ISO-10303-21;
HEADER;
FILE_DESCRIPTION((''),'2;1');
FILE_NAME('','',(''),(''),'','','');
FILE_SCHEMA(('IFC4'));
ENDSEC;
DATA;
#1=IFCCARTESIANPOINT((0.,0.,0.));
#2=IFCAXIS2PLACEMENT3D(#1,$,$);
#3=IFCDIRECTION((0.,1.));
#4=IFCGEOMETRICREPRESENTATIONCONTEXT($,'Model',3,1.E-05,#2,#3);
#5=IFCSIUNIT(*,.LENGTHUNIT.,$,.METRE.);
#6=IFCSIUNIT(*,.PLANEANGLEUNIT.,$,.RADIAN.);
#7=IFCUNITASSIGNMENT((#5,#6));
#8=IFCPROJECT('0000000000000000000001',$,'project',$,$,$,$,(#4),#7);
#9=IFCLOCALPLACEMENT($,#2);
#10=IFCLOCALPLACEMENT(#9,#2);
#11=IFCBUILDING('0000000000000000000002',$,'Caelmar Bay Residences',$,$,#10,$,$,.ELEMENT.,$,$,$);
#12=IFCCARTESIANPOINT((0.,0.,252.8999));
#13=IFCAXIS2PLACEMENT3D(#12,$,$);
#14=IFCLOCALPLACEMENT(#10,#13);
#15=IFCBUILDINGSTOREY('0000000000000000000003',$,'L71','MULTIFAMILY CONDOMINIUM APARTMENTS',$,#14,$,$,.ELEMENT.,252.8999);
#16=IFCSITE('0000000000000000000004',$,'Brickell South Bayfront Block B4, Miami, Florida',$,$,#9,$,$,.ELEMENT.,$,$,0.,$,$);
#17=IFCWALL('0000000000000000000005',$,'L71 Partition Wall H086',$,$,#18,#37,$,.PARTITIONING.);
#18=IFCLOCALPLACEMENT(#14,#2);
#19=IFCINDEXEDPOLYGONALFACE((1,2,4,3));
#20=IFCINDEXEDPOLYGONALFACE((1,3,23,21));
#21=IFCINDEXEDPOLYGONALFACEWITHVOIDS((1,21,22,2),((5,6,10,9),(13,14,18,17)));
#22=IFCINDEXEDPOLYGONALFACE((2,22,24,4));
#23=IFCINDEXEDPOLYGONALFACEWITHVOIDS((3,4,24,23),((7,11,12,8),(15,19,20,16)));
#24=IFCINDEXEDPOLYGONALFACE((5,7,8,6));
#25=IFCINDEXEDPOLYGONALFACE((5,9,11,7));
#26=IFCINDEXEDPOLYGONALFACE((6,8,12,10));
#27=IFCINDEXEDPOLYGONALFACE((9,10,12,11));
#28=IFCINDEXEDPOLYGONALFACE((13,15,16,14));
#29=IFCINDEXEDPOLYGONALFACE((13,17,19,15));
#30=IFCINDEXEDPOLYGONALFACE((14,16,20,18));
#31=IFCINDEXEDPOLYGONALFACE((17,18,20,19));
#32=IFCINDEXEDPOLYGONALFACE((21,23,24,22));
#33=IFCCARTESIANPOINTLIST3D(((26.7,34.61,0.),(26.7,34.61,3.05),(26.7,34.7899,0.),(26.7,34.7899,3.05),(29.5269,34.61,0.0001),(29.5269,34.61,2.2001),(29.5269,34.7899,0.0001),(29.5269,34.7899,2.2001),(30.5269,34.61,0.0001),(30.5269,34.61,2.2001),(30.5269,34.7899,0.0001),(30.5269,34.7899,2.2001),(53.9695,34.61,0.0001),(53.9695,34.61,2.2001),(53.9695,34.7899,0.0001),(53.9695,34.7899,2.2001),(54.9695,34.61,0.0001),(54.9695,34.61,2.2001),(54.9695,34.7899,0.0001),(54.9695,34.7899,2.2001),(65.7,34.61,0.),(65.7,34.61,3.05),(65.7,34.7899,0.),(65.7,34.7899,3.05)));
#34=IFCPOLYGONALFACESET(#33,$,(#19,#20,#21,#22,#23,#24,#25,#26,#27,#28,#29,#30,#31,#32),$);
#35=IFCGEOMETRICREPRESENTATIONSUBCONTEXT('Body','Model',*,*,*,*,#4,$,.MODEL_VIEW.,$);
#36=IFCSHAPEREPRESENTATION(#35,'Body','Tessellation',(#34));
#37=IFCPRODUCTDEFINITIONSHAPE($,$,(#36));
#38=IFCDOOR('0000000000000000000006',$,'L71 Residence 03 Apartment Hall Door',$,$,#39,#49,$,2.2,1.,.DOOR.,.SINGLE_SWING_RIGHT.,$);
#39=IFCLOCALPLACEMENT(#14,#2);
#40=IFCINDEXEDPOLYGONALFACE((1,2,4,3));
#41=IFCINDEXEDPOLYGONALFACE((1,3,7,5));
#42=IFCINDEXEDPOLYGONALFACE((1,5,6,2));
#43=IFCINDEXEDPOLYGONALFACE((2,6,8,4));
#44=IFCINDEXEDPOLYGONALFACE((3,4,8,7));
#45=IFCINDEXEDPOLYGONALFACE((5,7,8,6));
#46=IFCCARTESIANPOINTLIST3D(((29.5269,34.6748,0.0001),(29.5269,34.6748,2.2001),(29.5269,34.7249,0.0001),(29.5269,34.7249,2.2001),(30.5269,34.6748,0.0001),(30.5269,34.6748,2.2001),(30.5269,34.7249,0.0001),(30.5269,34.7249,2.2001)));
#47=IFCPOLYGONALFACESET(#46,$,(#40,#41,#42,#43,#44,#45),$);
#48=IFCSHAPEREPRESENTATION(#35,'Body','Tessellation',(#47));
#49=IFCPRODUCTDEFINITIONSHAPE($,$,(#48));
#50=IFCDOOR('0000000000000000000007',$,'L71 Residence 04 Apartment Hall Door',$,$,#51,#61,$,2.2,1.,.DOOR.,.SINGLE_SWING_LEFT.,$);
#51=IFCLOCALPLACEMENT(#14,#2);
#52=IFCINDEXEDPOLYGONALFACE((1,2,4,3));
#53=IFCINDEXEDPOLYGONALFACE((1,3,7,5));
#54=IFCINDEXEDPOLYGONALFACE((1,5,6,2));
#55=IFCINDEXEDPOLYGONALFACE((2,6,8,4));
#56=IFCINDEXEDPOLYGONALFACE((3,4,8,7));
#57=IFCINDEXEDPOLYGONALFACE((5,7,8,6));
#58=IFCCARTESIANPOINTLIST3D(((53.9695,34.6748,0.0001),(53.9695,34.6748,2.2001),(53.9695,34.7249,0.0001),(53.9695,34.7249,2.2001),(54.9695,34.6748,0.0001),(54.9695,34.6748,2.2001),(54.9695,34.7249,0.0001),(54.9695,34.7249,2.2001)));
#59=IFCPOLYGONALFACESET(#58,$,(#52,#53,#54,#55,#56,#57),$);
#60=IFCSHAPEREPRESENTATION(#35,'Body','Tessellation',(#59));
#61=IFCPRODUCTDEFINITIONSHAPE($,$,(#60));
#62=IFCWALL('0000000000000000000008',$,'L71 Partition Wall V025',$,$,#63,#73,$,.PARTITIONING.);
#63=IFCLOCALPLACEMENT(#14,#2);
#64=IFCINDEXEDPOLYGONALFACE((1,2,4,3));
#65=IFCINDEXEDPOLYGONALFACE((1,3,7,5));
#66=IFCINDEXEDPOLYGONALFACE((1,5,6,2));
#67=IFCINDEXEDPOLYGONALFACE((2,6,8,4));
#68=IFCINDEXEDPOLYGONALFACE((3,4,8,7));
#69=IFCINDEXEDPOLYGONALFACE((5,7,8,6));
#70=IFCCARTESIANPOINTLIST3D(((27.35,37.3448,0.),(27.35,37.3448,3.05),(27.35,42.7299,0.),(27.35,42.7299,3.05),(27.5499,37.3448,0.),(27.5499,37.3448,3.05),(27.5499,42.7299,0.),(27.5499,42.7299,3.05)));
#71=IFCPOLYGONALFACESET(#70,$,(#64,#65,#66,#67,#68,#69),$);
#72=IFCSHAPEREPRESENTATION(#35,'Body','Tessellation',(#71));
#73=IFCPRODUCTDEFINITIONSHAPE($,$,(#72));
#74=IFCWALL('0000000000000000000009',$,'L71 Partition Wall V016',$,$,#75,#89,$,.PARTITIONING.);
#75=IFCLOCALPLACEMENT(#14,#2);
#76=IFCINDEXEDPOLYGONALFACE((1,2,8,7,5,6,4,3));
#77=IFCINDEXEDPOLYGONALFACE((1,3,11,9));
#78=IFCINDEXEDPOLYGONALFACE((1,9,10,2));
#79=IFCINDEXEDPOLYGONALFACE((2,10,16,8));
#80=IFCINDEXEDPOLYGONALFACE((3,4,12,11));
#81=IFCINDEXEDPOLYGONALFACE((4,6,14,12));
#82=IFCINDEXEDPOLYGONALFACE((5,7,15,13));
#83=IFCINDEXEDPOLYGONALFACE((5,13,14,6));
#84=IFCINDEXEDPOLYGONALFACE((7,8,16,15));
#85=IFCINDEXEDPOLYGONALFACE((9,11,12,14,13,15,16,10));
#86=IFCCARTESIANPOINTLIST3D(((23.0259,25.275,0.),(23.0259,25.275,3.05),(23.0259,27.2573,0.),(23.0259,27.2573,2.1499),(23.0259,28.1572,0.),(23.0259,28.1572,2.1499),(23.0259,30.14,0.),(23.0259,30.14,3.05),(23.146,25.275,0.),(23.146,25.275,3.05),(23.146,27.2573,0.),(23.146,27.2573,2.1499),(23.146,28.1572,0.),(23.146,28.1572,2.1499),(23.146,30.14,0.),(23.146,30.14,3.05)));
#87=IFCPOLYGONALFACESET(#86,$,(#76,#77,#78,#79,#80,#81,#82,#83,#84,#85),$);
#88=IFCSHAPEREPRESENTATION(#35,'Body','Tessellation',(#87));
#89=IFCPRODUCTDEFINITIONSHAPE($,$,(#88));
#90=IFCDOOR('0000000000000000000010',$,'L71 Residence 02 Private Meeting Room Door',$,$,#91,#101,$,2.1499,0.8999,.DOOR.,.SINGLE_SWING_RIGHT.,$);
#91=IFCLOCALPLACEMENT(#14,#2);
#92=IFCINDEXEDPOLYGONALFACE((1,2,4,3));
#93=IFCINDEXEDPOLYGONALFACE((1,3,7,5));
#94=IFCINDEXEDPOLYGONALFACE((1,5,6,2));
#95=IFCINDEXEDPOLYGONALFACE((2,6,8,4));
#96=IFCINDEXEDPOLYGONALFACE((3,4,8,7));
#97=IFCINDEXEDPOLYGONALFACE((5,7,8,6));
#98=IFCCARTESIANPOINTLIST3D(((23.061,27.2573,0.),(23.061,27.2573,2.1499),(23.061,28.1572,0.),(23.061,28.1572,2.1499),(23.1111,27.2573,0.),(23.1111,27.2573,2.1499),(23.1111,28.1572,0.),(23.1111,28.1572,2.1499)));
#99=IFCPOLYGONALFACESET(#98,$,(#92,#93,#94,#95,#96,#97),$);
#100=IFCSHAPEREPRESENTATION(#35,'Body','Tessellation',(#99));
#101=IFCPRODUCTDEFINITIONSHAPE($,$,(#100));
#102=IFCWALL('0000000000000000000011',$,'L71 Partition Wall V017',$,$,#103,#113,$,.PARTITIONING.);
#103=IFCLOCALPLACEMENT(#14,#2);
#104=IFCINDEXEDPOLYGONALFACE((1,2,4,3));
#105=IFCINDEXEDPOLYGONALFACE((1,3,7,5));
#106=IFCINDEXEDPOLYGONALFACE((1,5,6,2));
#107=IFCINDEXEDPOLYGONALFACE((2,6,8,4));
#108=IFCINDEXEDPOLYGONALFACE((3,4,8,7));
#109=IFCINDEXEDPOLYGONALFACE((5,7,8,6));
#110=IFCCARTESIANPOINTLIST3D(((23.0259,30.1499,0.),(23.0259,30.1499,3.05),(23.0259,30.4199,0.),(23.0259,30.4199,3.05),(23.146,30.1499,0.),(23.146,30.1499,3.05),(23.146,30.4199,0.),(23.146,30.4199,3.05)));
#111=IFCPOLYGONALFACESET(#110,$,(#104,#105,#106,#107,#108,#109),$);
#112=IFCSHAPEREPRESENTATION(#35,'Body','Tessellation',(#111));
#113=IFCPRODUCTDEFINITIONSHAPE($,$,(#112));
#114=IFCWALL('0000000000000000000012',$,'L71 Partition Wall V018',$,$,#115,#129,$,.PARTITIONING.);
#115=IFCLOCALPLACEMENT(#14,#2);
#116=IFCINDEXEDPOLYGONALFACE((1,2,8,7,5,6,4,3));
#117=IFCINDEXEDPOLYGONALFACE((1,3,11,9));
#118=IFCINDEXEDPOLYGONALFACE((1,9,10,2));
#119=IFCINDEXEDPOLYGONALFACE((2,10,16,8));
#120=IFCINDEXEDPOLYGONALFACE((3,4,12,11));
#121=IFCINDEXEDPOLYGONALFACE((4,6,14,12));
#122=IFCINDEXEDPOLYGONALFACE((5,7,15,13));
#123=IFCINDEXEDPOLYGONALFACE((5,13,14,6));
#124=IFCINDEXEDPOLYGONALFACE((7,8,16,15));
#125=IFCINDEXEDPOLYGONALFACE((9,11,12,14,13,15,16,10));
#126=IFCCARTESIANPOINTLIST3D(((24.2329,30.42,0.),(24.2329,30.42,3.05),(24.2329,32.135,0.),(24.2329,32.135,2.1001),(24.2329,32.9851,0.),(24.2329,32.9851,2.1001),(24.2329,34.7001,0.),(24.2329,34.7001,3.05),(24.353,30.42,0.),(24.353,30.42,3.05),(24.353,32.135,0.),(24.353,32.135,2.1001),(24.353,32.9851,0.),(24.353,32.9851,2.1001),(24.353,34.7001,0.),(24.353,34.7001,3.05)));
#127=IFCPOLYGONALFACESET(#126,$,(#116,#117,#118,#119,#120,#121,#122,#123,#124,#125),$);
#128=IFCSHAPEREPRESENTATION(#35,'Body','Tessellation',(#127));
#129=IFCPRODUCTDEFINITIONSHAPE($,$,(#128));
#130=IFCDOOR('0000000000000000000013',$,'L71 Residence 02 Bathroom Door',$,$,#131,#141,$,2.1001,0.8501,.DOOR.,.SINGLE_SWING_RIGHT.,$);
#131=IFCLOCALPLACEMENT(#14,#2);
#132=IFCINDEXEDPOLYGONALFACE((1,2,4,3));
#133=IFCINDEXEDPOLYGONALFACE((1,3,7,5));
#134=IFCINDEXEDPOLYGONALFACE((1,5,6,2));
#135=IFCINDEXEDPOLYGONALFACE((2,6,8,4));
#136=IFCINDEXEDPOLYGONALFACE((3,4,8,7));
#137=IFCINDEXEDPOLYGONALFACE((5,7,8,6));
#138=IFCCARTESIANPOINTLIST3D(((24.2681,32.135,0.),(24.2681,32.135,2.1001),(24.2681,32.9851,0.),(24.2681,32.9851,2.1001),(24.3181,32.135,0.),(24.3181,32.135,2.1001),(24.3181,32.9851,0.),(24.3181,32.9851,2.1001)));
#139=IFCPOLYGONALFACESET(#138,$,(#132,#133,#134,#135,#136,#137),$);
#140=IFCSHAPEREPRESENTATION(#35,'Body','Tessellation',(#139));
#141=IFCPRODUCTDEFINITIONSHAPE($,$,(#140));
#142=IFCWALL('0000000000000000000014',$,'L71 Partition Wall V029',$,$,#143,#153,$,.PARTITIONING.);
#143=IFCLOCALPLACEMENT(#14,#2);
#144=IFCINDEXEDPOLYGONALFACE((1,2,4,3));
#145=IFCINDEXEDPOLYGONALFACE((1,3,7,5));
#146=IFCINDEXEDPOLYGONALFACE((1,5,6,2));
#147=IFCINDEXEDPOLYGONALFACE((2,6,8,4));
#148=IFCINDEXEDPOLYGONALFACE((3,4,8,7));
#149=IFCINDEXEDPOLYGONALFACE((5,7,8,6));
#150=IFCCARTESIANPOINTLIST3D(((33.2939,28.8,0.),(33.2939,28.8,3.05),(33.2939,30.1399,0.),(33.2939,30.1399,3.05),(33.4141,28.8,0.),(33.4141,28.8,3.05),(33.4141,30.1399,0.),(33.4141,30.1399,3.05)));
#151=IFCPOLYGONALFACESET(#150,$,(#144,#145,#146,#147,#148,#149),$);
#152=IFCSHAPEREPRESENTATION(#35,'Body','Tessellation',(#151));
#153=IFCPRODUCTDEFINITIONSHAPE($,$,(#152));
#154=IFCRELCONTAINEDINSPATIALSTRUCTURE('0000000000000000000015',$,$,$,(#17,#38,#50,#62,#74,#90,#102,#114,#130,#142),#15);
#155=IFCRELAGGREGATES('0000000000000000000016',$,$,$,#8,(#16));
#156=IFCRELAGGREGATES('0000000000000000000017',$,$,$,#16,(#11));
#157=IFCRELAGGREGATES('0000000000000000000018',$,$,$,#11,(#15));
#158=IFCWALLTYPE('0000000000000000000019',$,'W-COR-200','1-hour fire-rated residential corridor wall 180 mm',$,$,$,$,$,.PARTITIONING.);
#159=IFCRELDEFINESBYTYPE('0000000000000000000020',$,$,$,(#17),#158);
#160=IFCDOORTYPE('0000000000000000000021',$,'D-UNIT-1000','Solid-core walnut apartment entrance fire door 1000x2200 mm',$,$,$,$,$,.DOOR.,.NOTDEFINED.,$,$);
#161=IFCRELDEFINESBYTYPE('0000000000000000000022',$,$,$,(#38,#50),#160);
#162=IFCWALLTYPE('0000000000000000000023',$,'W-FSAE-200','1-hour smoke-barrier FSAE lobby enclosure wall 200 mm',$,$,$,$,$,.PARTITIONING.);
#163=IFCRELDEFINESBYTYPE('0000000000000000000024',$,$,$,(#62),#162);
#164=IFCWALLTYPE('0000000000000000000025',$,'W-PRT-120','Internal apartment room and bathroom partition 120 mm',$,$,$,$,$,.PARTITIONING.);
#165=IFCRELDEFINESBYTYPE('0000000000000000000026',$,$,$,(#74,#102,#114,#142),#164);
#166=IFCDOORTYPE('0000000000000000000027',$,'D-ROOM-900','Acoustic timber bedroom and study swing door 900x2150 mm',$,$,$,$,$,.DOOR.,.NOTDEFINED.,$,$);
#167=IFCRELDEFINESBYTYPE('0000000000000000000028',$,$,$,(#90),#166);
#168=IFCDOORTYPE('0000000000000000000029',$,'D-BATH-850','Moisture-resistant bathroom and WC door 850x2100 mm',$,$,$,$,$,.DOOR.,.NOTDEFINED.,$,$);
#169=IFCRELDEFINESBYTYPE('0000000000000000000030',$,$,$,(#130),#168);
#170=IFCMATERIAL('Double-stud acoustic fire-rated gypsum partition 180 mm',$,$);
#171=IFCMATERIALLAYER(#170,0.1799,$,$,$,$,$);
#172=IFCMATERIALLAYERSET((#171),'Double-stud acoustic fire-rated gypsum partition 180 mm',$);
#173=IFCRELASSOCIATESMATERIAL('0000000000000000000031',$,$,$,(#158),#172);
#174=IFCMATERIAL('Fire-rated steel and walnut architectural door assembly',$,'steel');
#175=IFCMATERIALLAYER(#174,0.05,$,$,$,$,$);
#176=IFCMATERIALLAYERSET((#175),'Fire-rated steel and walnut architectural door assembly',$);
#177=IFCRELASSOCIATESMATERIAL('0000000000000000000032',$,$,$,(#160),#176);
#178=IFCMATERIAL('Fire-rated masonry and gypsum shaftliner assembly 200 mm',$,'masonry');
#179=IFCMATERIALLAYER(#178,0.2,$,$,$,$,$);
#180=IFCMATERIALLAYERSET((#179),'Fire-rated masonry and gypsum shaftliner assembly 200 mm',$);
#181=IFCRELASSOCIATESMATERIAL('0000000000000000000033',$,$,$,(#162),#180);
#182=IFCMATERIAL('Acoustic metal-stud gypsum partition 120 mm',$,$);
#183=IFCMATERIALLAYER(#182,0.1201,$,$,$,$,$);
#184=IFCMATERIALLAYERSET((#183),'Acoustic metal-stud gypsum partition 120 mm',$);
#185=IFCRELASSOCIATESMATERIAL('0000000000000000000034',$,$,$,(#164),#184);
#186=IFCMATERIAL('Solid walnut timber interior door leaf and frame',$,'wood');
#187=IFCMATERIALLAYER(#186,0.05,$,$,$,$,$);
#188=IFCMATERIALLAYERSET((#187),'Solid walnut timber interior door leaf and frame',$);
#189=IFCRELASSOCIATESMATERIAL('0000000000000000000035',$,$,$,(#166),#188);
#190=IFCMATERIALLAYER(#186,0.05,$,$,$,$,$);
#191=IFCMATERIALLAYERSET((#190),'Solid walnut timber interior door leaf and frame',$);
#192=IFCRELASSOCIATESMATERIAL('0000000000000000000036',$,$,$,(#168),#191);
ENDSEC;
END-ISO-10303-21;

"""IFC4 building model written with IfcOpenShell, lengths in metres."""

from ifc_helpers import new_model, si_unit, direction, frame, frame_2d, origin, place, context, subcontext, project, spatial, rectangle, extrude, material, layer, layer_set, type_object, element, fill, save


model = new_model("IFC4")

# Units and contexts
model_context = context("Model", 3, precision=1e-05, world=origin(), true_north=direction((0.0, 1.0)))
body_context = subcontext(model_context, "Body", "Model", "MODEL_VIEW")
ifc_project = project(units=[si_unit("LENGTHUNIT", "METRE"), si_unit("PLANEANGLEUNIT", "RADIAN")], contexts=[model_context])

# Site, building, storey
site_placement = place(None, origin())
site = spatial("IfcSite", under=ifc_project, at=site_placement, Name="Brickell South Bayfront Block B4, Miami, Florida", CompositionType="ELEMENT", RefElevation=0.0)
building_placement = place(site_placement, origin())
building = spatial("IfcBuilding", under=site, at=building_placement, Name="Caelmar Bay Residences", CompositionType="ELEMENT")
storey_placement = place(building_placement, frame((0.0, 0.0, 252.8999)))
storey = spatial("IfcBuildingStorey", under=building, at=storey_placement, Name="L71", Description="MULTIFAMILY CONDOMINIUM APARTMENTS", CompositionType="ELEMENT", Elevation=252.8999)

# Shared definitions
ifc_material_1 = material(Name="Fire-rated steel and walnut architectural door assembly", Category="steel")

# Wall, openings, doors
ifc_material_2 = material(Name="Double-stud acoustic fire-rated gypsum partition 180 mm")
ifc_layer_1 = layer(ifc_material_2, 0.1799)
ifc_layer_set_1 = layer_set([ifc_layer_1], Name="Double-stud acoustic fire-rated gypsum partition 180 mm")
wall_type_1 = type_object("IfcWallType", Name="W-COR-200", Description="1-hour fire-rated residential corridor wall 180 mm", PredefinedType="PARTITIONING", material=ifc_layer_set_1)
wall_1_placement = place(storey_placement, frame((26.7, 34.7, 0.0), z_axis=(0.0, 0.0, 1.0), x_axis=(1.0, 0.0, 0.0)))
wall_1 = element("IfcWall", 1, at=wall_1_placement, inside=storey, type_object=wall_type_1, Name="L71 Partition Wall H086", PredefinedType="PARTITIONING", context=body_context, shape_type="SweptSolid", body=[
    extrude(rectangle(XDim=39.0, YDim=0.1799, at=frame_2d((19.5, 0.0))), origin(), (0.0, 0.0, 1.0), 3.05),
])
opening_1_placement = place(wall_1_placement, frame((2.8269, 0.0, 0.0)))
opening_1 = element("IfcOpeningElement", 2, at=opening_1_placement, cuts=wall_1, PredefinedType="OPENING", context=body_context, shape_type="SweptSolid", body=[
    extrude(rectangle(XDim=1.0, YDim=2.2, at=frame_2d((0.5, 1.1001))), frame((0.0, 0.0999, 0.0), z_axis=(0.0, -1.0, 0.0), x_axis=(1.0, 0.0, 0.0)), (0.0, 0.0, 1.0), 0.2),
])
opening_2_placement = place(wall_1_placement, frame((27.2695, 0.0, 0.0)))
opening_2 = element("IfcOpeningElement", 3, at=opening_2_placement, cuts=wall_1, PredefinedType="OPENING", context=body_context, shape_type="SweptSolid", body=[
    extrude(rectangle(XDim=1.0, YDim=2.2, at=frame_2d((0.5, 1.1001))), frame((0.0, 0.0999, 0.0), z_axis=(0.0, -1.0, 0.0), x_axis=(1.0, 0.0, 0.0)), (0.0, 0.0, 1.0), 0.2),
])
ifc_layer_2 = layer(ifc_material_1, 0.05)
ifc_layer_set_2 = layer_set([ifc_layer_2], Name="Fire-rated steel and walnut architectural door assembly")
door_type_1 = type_object("IfcDoorType", Name="D-UNIT-1000", Description="Solid-core walnut apartment entrance fire door 1000x2200 mm", OperationType="NOTDEFINED", PredefinedType="DOOR", material=ifc_layer_set_2)
door_1_placement = place(opening_1_placement, origin())
door_1 = element("IfcDoor", 4, at=door_1_placement, inside=storey, type_object=door_type_1, Name="L71 Residence 03 Apartment Hall Door", OperationType="SINGLE_SWING_RIGHT", OverallHeight=2.2, OverallWidth=1.0, PredefinedType="DOOR", context=body_context, shape_type="SweptSolid", body=[
    extrude(rectangle(XDim=1.0, YDim=2.2, at=frame_2d((0.5, 1.1001))), frame((0.0, 0.0249, 0.0), z_axis=(0.0, -1.0, 0.0), x_axis=(1.0, 0.0, 0.0)), (0.0, 0.0, 1.0), 0.05),
])
fill(opening_1, door_1)
door_2_placement = place(opening_2_placement, origin())
door_2 = element("IfcDoor", 5, at=door_2_placement, inside=storey, type_object=door_type_1, Name="L71 Residence 04 Apartment Hall Door", OperationType="SINGLE_SWING_LEFT", OverallHeight=2.2, OverallWidth=1.0, PredefinedType="DOOR", context=body_context, shape_type="SweptSolid", body=[
    extrude(rectangle(XDim=1.0, YDim=2.2, at=frame_2d((0.5, 1.1001))), frame((0.0, 0.0249, 0.0), z_axis=(0.0, -1.0, 0.0), x_axis=(1.0, 0.0, 0.0)), (0.0, 0.0, 1.0), 0.05),
])
fill(opening_2, door_2)

# Wall
ifc_material_3 = material(Name="Fire-rated masonry and gypsum shaftliner assembly 200 mm", Category="masonry")
ifc_layer_3 = layer(ifc_material_3, 0.2)
ifc_layer_set_3 = layer_set([ifc_layer_3], Name="Fire-rated masonry and gypsum shaftliner assembly 200 mm")
wall_type_2 = type_object("IfcWallType", Name="W-FSAE-200", Description="1-hour smoke-barrier FSAE lobby enclosure wall 200 mm", PredefinedType="PARTITIONING", material=ifc_layer_set_3)
wall_2_placement = place(storey_placement, frame((27.45, 37.345, 0.0), z_axis=(0.0, 0.0, 1.0), x_axis=(0.0, 1.0, 0.0)))
element("IfcWall", 6, at=wall_2_placement, inside=storey, type_object=wall_type_2, Name="L71 Partition Wall V025", PredefinedType="PARTITIONING", context=body_context, shape_type="SweptSolid", body=[
    extrude(rectangle(XDim=5.385, YDim=0.2, at=frame_2d((2.6924, 0.0))), origin(), (0.0, 0.0, 1.0), 3.05),
])

# Wall, opening, door
ifc_material_4 = material(Name="Acoustic metal-stud gypsum partition 120 mm")
ifc_layer_4 = layer(ifc_material_4, 0.1201)
ifc_layer_set_4 = layer_set([ifc_layer_4], Name="Acoustic metal-stud gypsum partition 120 mm")
wall_type_3 = type_object("IfcWallType", Name="W-PRT-120", Description="Internal apartment room and bathroom partition 120 mm", PredefinedType="PARTITIONING", material=ifc_layer_set_4)
wall_3_placement = place(storey_placement, frame((23.0859, 25.2749, 0.0), z_axis=(0.0, 0.0, 1.0), x_axis=(0.0, 1.0, 0.0)))
wall_3 = element("IfcWall", 7, at=wall_3_placement, inside=storey, type_object=wall_type_3, Name="L71 Partition Wall V016", PredefinedType="PARTITIONING", context=body_context, shape_type="SweptSolid", body=[
    extrude(rectangle(XDim=4.865, YDim=0.1201, at=frame_2d((2.4326, 0.0))), origin(), (0.0, 0.0, 1.0), 3.05),
])
opening_3_placement = place(wall_3_placement, frame((1.9824, 0.0, 0.0)))
opening_3 = element("IfcOpeningElement", 8, at=opening_3_placement, cuts=wall_3, PredefinedType="OPENING", context=body_context, shape_type="SweptSolid", body=[
    extrude(rectangle(XDim=0.8999, YDim=2.1499, at=frame_2d((0.45, 1.075))), frame((0.0, 0.0701, 0.0), z_axis=(0.0, -1.0, 0.0), x_axis=(1.0, 0.0, 0.0)), (0.0, 0.0, 1.0), 0.1401),
])
ifc_material_5 = material(Name="Solid walnut timber interior door leaf and frame", Category="wood")
ifc_layer_5 = layer(ifc_material_5, 0.05)
ifc_layer_set_5 = layer_set([ifc_layer_5], Name="Solid walnut timber interior door leaf and frame")
door_type_2 = type_object("IfcDoorType", Name="D-ROOM-900", Description="Acoustic timber bedroom and study swing door 900x2150 mm", OperationType="NOTDEFINED", PredefinedType="DOOR", material=ifc_layer_set_5)
door_3_placement = place(opening_3_placement, origin())
door_3 = element("IfcDoor", 9, at=door_3_placement, inside=storey, type_object=door_type_2, Name="L71 Residence 02 Private Meeting Room Door", OperationType="SINGLE_SWING_RIGHT", OverallHeight=2.1499, OverallWidth=0.8999, PredefinedType="DOOR", context=body_context, shape_type="SweptSolid", body=[
    extrude(rectangle(XDim=0.8999, YDim=2.1499, at=frame_2d((0.45, 1.075))), frame((0.0, 0.0249, 0.0), z_axis=(0.0, -1.0, 0.0), x_axis=(1.0, 0.0, 0.0)), (0.0, 0.0, 1.0), 0.05),
])
fill(opening_3, door_3)

# Wall
wall_4_placement = place(storey_placement, frame((23.0859, 30.1499, 0.0), z_axis=(0.0, 0.0, 1.0), x_axis=(0.0, 1.0, 0.0)))
element("IfcWall", 10, at=wall_4_placement, inside=storey, type_object=wall_type_3, Name="L71 Partition Wall V017", PredefinedType="PARTITIONING", context=body_context, shape_type="SweptSolid", body=[
    extrude(rectangle(XDim=0.27, YDim=0.1201, at=frame_2d((0.135, 0.0))), origin(), (0.0, 0.0, 1.0), 3.05),
])

# Wall, opening, door
wall_5_placement = place(storey_placement, frame((24.293, 30.4199, 0.0), z_axis=(0.0, 0.0, 1.0), x_axis=(0.0, 1.0, 0.0)))
wall_5 = element("IfcWall", 11, at=wall_5_placement, inside=storey, type_object=wall_type_3, Name="L71 Partition Wall V018", PredefinedType="PARTITIONING", context=body_context, shape_type="SweptSolid", body=[
    extrude(rectangle(XDim=4.28, YDim=0.1201, at=frame_2d((2.1401, 0.0))), origin(), (0.0, 0.0, 1.0), 3.05),
])
opening_4_placement = place(wall_5_placement, frame((1.7151, 0.0, 0.0)))
opening_4 = element("IfcOpeningElement", 12, at=opening_4_placement, cuts=wall_5, PredefinedType="OPENING", context=body_context, shape_type="SweptSolid", body=[
    extrude(rectangle(XDim=0.8501, YDim=2.1001, at=frame_2d((0.425, 1.05))), frame((0.0, 0.0701, 0.0), z_axis=(0.0, -1.0, 0.0), x_axis=(1.0, 0.0, 0.0)), (0.0, 0.0, 1.0), 0.1401),
])
ifc_layer_6 = layer(ifc_material_5, 0.05)
ifc_layer_set_6 = layer_set([ifc_layer_6], Name="Solid walnut timber interior door leaf and frame")
door_type_3 = type_object("IfcDoorType", Name="D-BATH-850", Description="Moisture-resistant bathroom and WC door 850x2100 mm", OperationType="NOTDEFINED", PredefinedType="DOOR", material=ifc_layer_set_6)
door_4_placement = place(opening_4_placement, origin())
door_4 = element("IfcDoor", 13, at=door_4_placement, inside=storey, type_object=door_type_3, Name="L71 Residence 02 Bathroom Door", OperationType="SINGLE_SWING_RIGHT", OverallHeight=2.1001, OverallWidth=0.8501, PredefinedType="DOOR", context=body_context, shape_type="SweptSolid", body=[
    extrude(rectangle(XDim=0.8501, YDim=2.1001, at=frame_2d((0.425, 1.05))), frame((0.0, 0.0249, 0.0), z_axis=(0.0, -1.0, 0.0), x_axis=(1.0, 0.0, 0.0)), (0.0, 0.0, 1.0), 0.05),
])
fill(opening_4, door_4)

# Wall
wall_6_placement = place(storey_placement, frame((33.354, 28.8, 0.0), z_axis=(0.0, 0.0, 1.0), x_axis=(0.0, 1.0, 0.0)))
element("IfcWall", 14, at=wall_6_placement, inside=storey, type_object=wall_type_3, Name="L71 Partition Wall V029", PredefinedType="PARTITIONING", context=body_context, shape_type="SweptSolid", body=[
    extrude(rectangle(XDim=1.3398, YDim=0.1201, at=frame_2d((0.6699, 0.0))), origin(), (0.0, 0.0, 1.0), 3.05),
])

save(model, "model.ifc")
